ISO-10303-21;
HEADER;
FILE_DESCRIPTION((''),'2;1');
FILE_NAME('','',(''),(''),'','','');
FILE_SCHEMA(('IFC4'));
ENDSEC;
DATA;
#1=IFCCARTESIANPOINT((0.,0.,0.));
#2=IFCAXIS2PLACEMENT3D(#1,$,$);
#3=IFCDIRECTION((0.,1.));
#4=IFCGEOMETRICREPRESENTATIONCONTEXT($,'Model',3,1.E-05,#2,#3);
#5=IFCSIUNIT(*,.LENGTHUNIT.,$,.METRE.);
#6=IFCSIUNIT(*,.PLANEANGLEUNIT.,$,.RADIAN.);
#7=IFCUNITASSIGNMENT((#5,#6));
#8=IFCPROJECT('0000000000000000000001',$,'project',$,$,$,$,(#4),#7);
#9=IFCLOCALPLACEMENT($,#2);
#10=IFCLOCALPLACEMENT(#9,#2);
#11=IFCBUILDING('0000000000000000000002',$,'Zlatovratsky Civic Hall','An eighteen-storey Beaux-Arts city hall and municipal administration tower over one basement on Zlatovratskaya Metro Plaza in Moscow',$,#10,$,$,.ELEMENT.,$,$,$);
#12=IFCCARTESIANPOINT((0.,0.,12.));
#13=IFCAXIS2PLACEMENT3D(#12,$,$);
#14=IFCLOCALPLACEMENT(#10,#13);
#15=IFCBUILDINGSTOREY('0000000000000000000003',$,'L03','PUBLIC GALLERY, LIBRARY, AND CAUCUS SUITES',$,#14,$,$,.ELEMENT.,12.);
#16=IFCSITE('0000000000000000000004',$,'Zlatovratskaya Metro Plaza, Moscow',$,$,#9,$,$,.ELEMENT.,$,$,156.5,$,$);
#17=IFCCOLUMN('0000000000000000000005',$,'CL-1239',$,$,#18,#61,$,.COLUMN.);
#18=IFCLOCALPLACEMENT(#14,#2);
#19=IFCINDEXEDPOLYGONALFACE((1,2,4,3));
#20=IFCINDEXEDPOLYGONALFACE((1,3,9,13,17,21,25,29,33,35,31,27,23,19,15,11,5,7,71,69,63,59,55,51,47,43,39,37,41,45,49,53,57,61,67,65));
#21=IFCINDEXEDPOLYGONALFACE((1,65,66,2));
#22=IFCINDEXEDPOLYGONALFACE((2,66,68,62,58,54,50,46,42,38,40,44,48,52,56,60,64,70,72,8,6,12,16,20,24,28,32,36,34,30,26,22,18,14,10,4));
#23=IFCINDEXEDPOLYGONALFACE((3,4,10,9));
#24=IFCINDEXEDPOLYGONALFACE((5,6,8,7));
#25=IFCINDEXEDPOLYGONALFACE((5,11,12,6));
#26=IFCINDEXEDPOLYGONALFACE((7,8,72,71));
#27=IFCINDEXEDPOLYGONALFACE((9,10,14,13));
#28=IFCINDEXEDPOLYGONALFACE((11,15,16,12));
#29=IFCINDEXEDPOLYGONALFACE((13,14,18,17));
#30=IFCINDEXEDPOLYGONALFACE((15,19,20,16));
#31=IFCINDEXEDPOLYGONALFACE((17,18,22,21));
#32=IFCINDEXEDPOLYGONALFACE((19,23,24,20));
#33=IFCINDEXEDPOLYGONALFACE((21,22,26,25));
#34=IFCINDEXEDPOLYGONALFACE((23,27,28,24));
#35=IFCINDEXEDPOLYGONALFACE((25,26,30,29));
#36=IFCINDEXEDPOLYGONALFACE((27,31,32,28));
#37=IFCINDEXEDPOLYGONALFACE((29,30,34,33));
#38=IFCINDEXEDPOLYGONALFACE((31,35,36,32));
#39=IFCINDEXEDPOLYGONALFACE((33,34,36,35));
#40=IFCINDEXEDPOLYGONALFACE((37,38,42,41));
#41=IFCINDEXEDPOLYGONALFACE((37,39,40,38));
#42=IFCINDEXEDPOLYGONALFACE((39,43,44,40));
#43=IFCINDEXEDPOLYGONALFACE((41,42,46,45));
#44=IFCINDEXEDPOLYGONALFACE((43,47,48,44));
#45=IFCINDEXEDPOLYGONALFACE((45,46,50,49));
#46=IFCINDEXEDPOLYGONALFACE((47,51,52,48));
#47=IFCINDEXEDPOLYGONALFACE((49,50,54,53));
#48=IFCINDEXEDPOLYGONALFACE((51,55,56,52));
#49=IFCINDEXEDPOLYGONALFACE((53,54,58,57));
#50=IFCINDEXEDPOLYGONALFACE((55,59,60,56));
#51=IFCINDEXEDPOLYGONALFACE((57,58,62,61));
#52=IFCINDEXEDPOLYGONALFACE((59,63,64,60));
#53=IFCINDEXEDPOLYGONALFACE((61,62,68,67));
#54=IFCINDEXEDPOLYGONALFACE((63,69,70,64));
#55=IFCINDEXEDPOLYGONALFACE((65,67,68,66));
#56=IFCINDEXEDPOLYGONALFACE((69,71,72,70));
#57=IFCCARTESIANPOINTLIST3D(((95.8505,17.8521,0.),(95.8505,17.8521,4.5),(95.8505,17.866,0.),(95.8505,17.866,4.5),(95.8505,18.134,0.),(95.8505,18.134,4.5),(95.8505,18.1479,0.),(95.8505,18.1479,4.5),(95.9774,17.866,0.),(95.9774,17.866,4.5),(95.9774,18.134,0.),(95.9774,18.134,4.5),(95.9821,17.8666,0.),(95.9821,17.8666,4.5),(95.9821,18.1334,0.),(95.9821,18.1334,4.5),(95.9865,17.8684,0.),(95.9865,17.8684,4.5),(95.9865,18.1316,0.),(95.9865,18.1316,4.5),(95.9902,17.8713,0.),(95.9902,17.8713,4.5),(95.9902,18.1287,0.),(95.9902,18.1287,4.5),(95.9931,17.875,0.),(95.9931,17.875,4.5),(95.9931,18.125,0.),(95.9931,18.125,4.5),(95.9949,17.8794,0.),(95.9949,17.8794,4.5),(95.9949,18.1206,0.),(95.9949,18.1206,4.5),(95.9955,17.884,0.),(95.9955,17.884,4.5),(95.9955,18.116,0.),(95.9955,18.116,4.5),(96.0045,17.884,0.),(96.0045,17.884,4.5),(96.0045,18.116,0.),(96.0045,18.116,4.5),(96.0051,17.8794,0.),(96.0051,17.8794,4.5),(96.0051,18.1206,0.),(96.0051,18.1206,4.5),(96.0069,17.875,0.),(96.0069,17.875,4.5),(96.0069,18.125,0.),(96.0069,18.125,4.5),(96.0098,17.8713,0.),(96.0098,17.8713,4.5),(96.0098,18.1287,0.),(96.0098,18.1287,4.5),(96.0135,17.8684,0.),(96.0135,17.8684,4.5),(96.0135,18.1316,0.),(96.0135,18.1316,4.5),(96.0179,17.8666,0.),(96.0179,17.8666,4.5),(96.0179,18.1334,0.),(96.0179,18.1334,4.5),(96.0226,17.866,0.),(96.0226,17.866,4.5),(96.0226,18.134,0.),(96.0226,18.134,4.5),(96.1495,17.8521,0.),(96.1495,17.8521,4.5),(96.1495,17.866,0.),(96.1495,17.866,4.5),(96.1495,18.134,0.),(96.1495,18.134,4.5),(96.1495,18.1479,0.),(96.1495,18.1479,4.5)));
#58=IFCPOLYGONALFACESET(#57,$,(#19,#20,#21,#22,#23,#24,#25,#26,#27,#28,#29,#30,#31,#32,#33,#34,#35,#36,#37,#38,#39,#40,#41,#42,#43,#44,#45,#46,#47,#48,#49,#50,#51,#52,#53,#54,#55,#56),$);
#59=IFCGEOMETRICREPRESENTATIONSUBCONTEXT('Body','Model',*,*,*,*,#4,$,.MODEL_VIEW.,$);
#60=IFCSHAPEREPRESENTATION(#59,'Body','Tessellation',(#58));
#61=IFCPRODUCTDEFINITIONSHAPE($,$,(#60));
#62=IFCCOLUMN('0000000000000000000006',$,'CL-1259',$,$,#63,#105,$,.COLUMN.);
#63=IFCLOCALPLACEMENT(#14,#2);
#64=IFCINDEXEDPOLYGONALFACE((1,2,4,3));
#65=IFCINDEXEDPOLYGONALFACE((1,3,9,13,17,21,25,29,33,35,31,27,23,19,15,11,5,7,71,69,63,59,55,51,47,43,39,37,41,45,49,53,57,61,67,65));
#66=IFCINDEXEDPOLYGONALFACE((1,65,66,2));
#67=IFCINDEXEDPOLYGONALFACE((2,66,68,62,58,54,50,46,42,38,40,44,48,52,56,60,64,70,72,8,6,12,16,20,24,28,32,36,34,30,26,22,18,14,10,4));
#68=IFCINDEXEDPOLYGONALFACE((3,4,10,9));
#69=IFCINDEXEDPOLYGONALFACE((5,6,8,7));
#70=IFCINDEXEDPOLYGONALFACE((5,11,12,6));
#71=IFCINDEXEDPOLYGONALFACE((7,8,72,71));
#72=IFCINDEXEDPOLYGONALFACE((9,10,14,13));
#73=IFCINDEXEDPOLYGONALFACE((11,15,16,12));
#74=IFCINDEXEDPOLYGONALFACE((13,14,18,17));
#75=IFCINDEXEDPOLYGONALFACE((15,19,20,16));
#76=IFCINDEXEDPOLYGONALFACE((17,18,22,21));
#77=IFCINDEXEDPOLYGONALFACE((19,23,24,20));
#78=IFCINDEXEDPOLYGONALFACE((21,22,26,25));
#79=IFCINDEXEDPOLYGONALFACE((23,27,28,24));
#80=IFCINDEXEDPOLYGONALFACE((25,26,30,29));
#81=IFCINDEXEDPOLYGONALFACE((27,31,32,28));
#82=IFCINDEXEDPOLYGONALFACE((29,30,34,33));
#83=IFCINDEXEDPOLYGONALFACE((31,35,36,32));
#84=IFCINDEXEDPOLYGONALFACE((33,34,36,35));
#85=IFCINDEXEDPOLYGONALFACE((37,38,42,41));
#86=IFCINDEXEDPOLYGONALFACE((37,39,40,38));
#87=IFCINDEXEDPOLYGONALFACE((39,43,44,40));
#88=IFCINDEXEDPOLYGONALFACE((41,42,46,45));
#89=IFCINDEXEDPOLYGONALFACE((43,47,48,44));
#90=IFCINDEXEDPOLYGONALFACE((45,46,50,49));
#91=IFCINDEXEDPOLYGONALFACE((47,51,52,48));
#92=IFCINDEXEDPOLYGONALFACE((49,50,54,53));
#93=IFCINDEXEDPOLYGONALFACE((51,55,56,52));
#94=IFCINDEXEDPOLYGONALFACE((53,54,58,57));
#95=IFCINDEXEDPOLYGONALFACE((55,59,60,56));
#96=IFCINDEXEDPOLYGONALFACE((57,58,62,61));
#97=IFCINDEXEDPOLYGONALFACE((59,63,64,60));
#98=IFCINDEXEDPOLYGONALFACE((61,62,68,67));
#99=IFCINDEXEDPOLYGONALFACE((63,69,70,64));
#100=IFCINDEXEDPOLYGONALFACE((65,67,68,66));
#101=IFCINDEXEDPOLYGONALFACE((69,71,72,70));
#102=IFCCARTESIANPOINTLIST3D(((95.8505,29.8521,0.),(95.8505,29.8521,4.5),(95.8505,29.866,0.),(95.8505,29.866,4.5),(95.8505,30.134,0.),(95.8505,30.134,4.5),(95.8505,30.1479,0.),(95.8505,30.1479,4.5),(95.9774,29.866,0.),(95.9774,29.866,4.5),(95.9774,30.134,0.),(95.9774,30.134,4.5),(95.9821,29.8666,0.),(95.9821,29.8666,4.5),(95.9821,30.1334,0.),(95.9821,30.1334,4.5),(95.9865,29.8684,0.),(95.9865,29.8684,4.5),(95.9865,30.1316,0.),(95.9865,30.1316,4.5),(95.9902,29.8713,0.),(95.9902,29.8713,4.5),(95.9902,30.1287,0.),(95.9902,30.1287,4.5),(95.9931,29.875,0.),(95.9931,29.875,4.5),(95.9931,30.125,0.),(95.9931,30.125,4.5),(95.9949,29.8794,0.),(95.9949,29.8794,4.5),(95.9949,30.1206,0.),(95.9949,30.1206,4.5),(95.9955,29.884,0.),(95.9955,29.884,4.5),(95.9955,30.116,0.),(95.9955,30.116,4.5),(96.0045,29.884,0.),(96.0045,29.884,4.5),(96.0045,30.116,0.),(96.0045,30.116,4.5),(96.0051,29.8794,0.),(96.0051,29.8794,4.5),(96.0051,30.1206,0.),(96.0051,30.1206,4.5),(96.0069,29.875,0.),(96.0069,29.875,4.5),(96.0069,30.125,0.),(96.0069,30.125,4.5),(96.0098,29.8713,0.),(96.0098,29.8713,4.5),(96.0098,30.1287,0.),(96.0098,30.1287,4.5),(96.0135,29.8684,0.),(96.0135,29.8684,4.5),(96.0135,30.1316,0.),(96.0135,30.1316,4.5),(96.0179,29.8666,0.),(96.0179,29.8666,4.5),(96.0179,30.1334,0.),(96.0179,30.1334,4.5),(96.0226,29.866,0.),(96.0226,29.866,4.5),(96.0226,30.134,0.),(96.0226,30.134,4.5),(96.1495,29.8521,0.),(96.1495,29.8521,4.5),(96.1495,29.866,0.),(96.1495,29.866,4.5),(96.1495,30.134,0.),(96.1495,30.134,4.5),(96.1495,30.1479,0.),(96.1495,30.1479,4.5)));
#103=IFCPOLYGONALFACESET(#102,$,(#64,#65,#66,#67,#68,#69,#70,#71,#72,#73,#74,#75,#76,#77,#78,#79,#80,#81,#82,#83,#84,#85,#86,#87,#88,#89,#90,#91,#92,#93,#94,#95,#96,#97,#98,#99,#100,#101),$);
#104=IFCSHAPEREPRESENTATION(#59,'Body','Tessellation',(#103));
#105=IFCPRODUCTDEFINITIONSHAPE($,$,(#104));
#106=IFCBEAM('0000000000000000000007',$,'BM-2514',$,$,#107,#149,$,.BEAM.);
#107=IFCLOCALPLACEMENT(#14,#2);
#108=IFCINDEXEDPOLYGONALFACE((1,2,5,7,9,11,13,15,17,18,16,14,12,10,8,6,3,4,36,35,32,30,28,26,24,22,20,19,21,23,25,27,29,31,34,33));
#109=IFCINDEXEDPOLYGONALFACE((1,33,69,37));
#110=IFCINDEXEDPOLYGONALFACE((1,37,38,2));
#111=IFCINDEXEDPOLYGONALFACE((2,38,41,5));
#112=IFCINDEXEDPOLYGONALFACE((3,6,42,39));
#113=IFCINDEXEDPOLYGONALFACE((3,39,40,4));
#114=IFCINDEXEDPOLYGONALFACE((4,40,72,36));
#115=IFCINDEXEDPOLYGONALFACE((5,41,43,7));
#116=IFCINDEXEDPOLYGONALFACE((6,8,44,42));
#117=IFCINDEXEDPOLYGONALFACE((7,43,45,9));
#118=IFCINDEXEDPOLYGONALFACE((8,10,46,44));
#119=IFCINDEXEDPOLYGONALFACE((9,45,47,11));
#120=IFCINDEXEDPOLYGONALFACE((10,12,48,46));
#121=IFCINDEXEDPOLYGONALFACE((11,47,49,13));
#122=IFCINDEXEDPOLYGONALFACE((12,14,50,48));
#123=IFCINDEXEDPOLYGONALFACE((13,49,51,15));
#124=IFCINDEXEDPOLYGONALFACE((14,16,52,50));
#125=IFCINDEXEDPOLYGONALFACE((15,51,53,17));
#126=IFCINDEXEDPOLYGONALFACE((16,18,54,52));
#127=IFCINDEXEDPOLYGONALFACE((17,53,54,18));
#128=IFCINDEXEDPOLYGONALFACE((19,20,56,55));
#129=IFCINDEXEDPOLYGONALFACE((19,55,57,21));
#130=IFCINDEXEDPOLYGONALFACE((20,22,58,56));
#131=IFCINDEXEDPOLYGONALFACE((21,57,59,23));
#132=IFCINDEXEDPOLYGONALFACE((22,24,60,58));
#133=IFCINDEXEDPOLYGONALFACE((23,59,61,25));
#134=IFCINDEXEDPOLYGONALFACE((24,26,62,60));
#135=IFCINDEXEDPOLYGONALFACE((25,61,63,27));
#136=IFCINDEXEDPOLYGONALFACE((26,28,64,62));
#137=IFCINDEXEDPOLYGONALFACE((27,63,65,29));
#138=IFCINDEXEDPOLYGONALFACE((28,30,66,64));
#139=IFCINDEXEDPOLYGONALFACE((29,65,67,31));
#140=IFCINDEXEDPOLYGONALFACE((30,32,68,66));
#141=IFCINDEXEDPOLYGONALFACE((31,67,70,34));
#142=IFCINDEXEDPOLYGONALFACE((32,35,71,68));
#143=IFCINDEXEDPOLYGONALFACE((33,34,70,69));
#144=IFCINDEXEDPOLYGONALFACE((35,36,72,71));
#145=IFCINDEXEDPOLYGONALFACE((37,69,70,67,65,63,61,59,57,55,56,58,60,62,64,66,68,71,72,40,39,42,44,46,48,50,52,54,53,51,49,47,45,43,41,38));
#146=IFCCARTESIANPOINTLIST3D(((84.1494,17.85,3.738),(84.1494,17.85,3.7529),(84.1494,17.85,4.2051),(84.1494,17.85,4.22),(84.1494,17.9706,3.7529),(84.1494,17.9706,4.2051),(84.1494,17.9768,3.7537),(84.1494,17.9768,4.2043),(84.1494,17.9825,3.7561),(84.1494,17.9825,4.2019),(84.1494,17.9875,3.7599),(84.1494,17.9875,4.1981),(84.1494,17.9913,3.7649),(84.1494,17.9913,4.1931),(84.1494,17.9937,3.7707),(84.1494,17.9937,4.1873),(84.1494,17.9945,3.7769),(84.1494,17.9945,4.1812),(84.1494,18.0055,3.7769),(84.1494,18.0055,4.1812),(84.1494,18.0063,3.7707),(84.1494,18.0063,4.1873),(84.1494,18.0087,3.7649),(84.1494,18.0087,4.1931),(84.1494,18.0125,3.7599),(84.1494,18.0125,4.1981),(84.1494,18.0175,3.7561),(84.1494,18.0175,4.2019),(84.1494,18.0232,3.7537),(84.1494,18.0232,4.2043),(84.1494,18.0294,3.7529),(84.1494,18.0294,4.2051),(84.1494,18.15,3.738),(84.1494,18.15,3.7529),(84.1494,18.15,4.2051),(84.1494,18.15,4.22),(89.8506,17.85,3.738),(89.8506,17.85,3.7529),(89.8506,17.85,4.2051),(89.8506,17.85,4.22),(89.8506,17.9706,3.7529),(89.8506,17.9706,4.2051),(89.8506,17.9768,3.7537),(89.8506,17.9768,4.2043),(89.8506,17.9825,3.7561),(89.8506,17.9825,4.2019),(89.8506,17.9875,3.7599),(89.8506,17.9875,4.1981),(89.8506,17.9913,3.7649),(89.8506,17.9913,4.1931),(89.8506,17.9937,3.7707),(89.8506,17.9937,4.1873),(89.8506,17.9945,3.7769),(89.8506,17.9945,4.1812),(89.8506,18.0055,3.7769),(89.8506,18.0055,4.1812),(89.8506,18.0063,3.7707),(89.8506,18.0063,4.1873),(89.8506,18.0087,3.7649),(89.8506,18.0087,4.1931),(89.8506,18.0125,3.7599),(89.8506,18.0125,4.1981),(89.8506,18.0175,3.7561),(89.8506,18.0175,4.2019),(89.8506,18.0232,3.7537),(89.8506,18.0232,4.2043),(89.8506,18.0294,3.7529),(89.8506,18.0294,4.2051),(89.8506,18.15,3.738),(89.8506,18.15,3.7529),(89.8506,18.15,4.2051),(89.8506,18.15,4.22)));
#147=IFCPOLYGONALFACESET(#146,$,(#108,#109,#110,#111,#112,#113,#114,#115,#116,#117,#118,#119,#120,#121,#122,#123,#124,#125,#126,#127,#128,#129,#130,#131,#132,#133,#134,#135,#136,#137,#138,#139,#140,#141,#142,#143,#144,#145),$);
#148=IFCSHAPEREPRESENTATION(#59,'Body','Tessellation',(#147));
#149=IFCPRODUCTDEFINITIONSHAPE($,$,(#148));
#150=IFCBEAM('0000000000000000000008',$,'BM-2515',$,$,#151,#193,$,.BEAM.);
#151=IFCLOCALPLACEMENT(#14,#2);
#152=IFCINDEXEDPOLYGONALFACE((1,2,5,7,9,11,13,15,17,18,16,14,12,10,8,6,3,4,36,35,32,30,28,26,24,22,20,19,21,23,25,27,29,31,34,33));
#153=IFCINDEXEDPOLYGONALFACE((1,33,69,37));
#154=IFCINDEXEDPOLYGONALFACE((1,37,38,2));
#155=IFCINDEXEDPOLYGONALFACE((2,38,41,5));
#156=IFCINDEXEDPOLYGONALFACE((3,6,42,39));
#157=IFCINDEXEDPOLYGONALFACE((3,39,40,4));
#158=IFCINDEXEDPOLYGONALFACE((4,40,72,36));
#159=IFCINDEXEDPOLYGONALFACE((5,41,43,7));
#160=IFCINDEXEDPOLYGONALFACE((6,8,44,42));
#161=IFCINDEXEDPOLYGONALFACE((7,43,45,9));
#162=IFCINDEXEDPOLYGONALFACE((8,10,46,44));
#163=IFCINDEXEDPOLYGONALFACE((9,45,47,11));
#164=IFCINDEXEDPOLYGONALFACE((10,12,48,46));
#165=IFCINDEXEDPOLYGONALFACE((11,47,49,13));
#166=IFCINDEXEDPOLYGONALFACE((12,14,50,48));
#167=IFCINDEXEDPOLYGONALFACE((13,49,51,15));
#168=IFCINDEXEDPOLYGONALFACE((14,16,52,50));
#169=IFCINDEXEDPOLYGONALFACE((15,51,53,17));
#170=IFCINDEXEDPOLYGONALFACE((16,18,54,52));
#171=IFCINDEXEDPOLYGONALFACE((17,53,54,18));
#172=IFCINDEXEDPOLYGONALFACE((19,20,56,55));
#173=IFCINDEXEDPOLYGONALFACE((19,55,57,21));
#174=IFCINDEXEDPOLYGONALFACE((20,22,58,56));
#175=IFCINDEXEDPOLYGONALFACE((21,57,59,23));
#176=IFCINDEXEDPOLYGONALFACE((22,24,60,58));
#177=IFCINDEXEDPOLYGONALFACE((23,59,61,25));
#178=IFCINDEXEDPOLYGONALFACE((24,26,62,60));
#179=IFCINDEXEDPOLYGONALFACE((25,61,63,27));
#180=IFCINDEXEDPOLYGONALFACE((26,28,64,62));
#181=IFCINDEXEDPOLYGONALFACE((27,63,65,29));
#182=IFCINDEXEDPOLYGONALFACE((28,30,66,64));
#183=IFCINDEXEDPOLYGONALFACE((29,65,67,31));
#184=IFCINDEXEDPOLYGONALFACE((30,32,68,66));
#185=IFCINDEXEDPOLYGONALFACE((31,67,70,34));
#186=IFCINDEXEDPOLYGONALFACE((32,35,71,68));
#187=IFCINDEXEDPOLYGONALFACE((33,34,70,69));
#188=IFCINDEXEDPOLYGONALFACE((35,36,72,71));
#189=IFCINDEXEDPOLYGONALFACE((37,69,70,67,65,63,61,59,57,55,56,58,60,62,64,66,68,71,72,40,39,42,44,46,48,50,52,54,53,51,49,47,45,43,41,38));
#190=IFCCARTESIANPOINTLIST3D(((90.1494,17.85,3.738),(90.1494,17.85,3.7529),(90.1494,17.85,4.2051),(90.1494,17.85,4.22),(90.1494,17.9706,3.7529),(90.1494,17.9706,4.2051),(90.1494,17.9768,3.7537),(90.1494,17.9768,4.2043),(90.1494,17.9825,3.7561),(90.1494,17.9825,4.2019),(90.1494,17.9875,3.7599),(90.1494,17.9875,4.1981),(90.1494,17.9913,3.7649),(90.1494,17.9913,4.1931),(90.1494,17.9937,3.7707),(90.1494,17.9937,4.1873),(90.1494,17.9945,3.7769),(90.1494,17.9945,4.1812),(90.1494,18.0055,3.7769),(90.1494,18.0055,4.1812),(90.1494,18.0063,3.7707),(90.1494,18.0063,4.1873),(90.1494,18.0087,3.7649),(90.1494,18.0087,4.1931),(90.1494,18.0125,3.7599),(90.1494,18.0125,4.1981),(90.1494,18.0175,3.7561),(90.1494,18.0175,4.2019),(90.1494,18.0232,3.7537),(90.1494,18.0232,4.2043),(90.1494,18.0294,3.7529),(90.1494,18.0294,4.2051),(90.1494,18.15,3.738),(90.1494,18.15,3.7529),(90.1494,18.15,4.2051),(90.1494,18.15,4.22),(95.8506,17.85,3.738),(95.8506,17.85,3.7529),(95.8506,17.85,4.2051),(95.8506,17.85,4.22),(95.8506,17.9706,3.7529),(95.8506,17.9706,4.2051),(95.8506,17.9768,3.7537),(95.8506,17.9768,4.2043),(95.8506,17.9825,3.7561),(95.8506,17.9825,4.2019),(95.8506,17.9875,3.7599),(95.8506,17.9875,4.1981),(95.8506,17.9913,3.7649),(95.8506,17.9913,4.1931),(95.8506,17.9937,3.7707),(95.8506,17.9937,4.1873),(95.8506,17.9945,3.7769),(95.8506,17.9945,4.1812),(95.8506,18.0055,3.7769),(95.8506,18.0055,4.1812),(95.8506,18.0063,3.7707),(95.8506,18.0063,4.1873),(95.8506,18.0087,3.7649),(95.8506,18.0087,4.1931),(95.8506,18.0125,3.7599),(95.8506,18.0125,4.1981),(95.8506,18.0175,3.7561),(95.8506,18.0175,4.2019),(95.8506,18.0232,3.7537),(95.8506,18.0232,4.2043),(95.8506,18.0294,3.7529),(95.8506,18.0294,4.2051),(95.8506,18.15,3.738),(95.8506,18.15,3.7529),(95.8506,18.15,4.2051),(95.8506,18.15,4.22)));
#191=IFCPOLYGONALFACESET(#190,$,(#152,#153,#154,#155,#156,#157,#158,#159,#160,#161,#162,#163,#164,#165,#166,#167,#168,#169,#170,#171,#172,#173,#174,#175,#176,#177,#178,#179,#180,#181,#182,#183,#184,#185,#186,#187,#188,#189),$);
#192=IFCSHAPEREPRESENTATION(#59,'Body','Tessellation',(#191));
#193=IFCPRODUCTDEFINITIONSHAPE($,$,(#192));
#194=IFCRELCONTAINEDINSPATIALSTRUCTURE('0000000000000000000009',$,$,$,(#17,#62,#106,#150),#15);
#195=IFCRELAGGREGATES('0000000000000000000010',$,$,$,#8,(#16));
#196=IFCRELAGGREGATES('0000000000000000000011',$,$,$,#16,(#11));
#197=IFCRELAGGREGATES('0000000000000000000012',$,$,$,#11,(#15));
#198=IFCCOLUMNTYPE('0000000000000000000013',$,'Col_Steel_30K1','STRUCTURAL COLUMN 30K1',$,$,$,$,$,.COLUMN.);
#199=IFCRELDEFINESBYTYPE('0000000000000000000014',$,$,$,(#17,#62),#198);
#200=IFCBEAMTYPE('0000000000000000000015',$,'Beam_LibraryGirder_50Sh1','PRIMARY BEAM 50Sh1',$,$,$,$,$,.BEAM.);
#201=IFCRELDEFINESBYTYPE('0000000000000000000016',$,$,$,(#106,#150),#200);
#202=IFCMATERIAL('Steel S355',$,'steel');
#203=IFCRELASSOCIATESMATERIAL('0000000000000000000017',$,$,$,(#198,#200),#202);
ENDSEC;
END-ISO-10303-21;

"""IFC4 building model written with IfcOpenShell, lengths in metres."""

from ifc_helpers import new_model, si_unit, direction, frame, origin, origin_2d, place, context, subcontext, project, spatial, i_section, extrude, material, material_profile, profile_set, type_object, element, save


model = new_model("IFC4")

# Units and contexts
model_context = context("Model", 3, precision=1e-05, world=origin(), true_north=direction((0.0, 1.0)))
body_context = subcontext(model_context, "Body", "Model", "MODEL_VIEW")
ifc_project = project(units=[si_unit("LENGTHUNIT", "METRE"), si_unit("PLANEANGLEUNIT", "RADIAN")], contexts=[model_context])

# Site, building, storey
site_placement = place(None, origin())
site = spatial("IfcSite", under=ifc_project, at=site_placement, Name="Zlatovratskaya Metro Plaza, Moscow", CompositionType="ELEMENT", RefElevation=156.5)
building_placement = place(site_placement, origin())
building = spatial("IfcBuilding", under=site, at=building_placement, Name="Zlatovratsky Civic Hall", Description="An eighteen-storey Beaux-Arts city hall and municipal administration tower over one basement on Zlatovratskaya Metro Plaza in Moscow", CompositionType="ELEMENT")
storey_placement = place(building_placement, frame((0.0, 0.0, 12.0)))
storey = spatial("IfcBuildingStorey", under=building, at=storey_placement, Name="L03", Description="PUBLIC GALLERY, LIBRARY, AND CAUCUS SUITES", CompositionType="ELEMENT", Elevation=12.0)

# Columns
ifc_material_1 = material(Name="Steel S355", Category="steel")
ifc_material_profile_1 = material_profile(ifc_material_1, i_section(OverallWidth=0.2991, OverallDepth=0.2959, WebThickness=0.009, FlangeThickness=0.0139, FilletRadius=0.0181, at=origin_2d()), Name="30K1")
ifc_profile_set_1 = profile_set([ifc_material_profile_1], Name="Steel S355")
column_type_1 = type_object("IfcColumnType", Name="Col_Steel_30K1", Description="STRUCTURAL COLUMN 30K1", PredefinedType="COLUMN", material=ifc_profile_set_1)
for number, where, z_axis, x_axis, name in (
    (1, (96.0, 18.0, 0.0), (0.0, 0.0, 1.0), (1.0, 0.0, 0.0), "CL-1239"),
    (2, (96.0, 30.0, 0.0), (0.0, 0.0, 1.0), (1.0, 0.0, 0.0), "CL-1259"),
):
    element("IfcColumn", number, at=place(storey_placement, frame(where, z_axis=z_axis, x_axis=x_axis)), inside=storey, type_object=column_type_1, Name=name, PredefinedType="COLUMN", context=body_context, shape_type="SweptSolid", body=[
        extrude(i_section(OverallWidth=0.2991, OverallDepth=0.2959, WebThickness=0.009, FlangeThickness=0.0139, FilletRadius=0.0181, at=origin_2d()), origin(), (0.0, 0.0, 1.0), 4.5),
    ])

# Beams
ifc_material_profile_2 = material_profile(ifc_material_1, i_section(OverallWidth=0.3, OverallDepth=0.4819, WebThickness=0.011, FlangeThickness=0.0149, FilletRadius=0.0239, at=origin_2d()), Name="50Sh1")
ifc_profile_set_2 = profile_set([ifc_material_profile_2], Name="Steel S355")
beam_type_1 = type_object("IfcBeamType", Name="Beam_LibraryGirder_50Sh1", Description="PRIMARY BEAM 50Sh1", PredefinedType="BEAM", material=ifc_profile_set_2)
for number, where, z_axis, x_axis, name in (
    (3, (84.1494, 18.0, 3.979), (1.0, 0.0, 0.0), (0.0, 1.0, 0.0), "BM-2514"),
    (4, (90.1494, 18.0, 3.979), (1.0, 0.0, 0.0), (0.0, 1.0, 0.0), "BM-2515"),
):
    element("IfcBeam", number, at=place(storey_placement, frame(where, z_axis=z_axis, x_axis=x_axis)), inside=storey, type_object=beam_type_1, Name=name, PredefinedType="BEAM", context=body_context, shape_type="SweptSolid", body=[
        extrude(i_section(OverallWidth=0.3, OverallDepth=0.4819, WebThickness=0.011, FlangeThickness=0.0149, FilletRadius=0.0239, at=origin_2d()), origin(), (0.0, 0.0, 1.0), 5.7012),
    ])

save(model, "model.ifc")
